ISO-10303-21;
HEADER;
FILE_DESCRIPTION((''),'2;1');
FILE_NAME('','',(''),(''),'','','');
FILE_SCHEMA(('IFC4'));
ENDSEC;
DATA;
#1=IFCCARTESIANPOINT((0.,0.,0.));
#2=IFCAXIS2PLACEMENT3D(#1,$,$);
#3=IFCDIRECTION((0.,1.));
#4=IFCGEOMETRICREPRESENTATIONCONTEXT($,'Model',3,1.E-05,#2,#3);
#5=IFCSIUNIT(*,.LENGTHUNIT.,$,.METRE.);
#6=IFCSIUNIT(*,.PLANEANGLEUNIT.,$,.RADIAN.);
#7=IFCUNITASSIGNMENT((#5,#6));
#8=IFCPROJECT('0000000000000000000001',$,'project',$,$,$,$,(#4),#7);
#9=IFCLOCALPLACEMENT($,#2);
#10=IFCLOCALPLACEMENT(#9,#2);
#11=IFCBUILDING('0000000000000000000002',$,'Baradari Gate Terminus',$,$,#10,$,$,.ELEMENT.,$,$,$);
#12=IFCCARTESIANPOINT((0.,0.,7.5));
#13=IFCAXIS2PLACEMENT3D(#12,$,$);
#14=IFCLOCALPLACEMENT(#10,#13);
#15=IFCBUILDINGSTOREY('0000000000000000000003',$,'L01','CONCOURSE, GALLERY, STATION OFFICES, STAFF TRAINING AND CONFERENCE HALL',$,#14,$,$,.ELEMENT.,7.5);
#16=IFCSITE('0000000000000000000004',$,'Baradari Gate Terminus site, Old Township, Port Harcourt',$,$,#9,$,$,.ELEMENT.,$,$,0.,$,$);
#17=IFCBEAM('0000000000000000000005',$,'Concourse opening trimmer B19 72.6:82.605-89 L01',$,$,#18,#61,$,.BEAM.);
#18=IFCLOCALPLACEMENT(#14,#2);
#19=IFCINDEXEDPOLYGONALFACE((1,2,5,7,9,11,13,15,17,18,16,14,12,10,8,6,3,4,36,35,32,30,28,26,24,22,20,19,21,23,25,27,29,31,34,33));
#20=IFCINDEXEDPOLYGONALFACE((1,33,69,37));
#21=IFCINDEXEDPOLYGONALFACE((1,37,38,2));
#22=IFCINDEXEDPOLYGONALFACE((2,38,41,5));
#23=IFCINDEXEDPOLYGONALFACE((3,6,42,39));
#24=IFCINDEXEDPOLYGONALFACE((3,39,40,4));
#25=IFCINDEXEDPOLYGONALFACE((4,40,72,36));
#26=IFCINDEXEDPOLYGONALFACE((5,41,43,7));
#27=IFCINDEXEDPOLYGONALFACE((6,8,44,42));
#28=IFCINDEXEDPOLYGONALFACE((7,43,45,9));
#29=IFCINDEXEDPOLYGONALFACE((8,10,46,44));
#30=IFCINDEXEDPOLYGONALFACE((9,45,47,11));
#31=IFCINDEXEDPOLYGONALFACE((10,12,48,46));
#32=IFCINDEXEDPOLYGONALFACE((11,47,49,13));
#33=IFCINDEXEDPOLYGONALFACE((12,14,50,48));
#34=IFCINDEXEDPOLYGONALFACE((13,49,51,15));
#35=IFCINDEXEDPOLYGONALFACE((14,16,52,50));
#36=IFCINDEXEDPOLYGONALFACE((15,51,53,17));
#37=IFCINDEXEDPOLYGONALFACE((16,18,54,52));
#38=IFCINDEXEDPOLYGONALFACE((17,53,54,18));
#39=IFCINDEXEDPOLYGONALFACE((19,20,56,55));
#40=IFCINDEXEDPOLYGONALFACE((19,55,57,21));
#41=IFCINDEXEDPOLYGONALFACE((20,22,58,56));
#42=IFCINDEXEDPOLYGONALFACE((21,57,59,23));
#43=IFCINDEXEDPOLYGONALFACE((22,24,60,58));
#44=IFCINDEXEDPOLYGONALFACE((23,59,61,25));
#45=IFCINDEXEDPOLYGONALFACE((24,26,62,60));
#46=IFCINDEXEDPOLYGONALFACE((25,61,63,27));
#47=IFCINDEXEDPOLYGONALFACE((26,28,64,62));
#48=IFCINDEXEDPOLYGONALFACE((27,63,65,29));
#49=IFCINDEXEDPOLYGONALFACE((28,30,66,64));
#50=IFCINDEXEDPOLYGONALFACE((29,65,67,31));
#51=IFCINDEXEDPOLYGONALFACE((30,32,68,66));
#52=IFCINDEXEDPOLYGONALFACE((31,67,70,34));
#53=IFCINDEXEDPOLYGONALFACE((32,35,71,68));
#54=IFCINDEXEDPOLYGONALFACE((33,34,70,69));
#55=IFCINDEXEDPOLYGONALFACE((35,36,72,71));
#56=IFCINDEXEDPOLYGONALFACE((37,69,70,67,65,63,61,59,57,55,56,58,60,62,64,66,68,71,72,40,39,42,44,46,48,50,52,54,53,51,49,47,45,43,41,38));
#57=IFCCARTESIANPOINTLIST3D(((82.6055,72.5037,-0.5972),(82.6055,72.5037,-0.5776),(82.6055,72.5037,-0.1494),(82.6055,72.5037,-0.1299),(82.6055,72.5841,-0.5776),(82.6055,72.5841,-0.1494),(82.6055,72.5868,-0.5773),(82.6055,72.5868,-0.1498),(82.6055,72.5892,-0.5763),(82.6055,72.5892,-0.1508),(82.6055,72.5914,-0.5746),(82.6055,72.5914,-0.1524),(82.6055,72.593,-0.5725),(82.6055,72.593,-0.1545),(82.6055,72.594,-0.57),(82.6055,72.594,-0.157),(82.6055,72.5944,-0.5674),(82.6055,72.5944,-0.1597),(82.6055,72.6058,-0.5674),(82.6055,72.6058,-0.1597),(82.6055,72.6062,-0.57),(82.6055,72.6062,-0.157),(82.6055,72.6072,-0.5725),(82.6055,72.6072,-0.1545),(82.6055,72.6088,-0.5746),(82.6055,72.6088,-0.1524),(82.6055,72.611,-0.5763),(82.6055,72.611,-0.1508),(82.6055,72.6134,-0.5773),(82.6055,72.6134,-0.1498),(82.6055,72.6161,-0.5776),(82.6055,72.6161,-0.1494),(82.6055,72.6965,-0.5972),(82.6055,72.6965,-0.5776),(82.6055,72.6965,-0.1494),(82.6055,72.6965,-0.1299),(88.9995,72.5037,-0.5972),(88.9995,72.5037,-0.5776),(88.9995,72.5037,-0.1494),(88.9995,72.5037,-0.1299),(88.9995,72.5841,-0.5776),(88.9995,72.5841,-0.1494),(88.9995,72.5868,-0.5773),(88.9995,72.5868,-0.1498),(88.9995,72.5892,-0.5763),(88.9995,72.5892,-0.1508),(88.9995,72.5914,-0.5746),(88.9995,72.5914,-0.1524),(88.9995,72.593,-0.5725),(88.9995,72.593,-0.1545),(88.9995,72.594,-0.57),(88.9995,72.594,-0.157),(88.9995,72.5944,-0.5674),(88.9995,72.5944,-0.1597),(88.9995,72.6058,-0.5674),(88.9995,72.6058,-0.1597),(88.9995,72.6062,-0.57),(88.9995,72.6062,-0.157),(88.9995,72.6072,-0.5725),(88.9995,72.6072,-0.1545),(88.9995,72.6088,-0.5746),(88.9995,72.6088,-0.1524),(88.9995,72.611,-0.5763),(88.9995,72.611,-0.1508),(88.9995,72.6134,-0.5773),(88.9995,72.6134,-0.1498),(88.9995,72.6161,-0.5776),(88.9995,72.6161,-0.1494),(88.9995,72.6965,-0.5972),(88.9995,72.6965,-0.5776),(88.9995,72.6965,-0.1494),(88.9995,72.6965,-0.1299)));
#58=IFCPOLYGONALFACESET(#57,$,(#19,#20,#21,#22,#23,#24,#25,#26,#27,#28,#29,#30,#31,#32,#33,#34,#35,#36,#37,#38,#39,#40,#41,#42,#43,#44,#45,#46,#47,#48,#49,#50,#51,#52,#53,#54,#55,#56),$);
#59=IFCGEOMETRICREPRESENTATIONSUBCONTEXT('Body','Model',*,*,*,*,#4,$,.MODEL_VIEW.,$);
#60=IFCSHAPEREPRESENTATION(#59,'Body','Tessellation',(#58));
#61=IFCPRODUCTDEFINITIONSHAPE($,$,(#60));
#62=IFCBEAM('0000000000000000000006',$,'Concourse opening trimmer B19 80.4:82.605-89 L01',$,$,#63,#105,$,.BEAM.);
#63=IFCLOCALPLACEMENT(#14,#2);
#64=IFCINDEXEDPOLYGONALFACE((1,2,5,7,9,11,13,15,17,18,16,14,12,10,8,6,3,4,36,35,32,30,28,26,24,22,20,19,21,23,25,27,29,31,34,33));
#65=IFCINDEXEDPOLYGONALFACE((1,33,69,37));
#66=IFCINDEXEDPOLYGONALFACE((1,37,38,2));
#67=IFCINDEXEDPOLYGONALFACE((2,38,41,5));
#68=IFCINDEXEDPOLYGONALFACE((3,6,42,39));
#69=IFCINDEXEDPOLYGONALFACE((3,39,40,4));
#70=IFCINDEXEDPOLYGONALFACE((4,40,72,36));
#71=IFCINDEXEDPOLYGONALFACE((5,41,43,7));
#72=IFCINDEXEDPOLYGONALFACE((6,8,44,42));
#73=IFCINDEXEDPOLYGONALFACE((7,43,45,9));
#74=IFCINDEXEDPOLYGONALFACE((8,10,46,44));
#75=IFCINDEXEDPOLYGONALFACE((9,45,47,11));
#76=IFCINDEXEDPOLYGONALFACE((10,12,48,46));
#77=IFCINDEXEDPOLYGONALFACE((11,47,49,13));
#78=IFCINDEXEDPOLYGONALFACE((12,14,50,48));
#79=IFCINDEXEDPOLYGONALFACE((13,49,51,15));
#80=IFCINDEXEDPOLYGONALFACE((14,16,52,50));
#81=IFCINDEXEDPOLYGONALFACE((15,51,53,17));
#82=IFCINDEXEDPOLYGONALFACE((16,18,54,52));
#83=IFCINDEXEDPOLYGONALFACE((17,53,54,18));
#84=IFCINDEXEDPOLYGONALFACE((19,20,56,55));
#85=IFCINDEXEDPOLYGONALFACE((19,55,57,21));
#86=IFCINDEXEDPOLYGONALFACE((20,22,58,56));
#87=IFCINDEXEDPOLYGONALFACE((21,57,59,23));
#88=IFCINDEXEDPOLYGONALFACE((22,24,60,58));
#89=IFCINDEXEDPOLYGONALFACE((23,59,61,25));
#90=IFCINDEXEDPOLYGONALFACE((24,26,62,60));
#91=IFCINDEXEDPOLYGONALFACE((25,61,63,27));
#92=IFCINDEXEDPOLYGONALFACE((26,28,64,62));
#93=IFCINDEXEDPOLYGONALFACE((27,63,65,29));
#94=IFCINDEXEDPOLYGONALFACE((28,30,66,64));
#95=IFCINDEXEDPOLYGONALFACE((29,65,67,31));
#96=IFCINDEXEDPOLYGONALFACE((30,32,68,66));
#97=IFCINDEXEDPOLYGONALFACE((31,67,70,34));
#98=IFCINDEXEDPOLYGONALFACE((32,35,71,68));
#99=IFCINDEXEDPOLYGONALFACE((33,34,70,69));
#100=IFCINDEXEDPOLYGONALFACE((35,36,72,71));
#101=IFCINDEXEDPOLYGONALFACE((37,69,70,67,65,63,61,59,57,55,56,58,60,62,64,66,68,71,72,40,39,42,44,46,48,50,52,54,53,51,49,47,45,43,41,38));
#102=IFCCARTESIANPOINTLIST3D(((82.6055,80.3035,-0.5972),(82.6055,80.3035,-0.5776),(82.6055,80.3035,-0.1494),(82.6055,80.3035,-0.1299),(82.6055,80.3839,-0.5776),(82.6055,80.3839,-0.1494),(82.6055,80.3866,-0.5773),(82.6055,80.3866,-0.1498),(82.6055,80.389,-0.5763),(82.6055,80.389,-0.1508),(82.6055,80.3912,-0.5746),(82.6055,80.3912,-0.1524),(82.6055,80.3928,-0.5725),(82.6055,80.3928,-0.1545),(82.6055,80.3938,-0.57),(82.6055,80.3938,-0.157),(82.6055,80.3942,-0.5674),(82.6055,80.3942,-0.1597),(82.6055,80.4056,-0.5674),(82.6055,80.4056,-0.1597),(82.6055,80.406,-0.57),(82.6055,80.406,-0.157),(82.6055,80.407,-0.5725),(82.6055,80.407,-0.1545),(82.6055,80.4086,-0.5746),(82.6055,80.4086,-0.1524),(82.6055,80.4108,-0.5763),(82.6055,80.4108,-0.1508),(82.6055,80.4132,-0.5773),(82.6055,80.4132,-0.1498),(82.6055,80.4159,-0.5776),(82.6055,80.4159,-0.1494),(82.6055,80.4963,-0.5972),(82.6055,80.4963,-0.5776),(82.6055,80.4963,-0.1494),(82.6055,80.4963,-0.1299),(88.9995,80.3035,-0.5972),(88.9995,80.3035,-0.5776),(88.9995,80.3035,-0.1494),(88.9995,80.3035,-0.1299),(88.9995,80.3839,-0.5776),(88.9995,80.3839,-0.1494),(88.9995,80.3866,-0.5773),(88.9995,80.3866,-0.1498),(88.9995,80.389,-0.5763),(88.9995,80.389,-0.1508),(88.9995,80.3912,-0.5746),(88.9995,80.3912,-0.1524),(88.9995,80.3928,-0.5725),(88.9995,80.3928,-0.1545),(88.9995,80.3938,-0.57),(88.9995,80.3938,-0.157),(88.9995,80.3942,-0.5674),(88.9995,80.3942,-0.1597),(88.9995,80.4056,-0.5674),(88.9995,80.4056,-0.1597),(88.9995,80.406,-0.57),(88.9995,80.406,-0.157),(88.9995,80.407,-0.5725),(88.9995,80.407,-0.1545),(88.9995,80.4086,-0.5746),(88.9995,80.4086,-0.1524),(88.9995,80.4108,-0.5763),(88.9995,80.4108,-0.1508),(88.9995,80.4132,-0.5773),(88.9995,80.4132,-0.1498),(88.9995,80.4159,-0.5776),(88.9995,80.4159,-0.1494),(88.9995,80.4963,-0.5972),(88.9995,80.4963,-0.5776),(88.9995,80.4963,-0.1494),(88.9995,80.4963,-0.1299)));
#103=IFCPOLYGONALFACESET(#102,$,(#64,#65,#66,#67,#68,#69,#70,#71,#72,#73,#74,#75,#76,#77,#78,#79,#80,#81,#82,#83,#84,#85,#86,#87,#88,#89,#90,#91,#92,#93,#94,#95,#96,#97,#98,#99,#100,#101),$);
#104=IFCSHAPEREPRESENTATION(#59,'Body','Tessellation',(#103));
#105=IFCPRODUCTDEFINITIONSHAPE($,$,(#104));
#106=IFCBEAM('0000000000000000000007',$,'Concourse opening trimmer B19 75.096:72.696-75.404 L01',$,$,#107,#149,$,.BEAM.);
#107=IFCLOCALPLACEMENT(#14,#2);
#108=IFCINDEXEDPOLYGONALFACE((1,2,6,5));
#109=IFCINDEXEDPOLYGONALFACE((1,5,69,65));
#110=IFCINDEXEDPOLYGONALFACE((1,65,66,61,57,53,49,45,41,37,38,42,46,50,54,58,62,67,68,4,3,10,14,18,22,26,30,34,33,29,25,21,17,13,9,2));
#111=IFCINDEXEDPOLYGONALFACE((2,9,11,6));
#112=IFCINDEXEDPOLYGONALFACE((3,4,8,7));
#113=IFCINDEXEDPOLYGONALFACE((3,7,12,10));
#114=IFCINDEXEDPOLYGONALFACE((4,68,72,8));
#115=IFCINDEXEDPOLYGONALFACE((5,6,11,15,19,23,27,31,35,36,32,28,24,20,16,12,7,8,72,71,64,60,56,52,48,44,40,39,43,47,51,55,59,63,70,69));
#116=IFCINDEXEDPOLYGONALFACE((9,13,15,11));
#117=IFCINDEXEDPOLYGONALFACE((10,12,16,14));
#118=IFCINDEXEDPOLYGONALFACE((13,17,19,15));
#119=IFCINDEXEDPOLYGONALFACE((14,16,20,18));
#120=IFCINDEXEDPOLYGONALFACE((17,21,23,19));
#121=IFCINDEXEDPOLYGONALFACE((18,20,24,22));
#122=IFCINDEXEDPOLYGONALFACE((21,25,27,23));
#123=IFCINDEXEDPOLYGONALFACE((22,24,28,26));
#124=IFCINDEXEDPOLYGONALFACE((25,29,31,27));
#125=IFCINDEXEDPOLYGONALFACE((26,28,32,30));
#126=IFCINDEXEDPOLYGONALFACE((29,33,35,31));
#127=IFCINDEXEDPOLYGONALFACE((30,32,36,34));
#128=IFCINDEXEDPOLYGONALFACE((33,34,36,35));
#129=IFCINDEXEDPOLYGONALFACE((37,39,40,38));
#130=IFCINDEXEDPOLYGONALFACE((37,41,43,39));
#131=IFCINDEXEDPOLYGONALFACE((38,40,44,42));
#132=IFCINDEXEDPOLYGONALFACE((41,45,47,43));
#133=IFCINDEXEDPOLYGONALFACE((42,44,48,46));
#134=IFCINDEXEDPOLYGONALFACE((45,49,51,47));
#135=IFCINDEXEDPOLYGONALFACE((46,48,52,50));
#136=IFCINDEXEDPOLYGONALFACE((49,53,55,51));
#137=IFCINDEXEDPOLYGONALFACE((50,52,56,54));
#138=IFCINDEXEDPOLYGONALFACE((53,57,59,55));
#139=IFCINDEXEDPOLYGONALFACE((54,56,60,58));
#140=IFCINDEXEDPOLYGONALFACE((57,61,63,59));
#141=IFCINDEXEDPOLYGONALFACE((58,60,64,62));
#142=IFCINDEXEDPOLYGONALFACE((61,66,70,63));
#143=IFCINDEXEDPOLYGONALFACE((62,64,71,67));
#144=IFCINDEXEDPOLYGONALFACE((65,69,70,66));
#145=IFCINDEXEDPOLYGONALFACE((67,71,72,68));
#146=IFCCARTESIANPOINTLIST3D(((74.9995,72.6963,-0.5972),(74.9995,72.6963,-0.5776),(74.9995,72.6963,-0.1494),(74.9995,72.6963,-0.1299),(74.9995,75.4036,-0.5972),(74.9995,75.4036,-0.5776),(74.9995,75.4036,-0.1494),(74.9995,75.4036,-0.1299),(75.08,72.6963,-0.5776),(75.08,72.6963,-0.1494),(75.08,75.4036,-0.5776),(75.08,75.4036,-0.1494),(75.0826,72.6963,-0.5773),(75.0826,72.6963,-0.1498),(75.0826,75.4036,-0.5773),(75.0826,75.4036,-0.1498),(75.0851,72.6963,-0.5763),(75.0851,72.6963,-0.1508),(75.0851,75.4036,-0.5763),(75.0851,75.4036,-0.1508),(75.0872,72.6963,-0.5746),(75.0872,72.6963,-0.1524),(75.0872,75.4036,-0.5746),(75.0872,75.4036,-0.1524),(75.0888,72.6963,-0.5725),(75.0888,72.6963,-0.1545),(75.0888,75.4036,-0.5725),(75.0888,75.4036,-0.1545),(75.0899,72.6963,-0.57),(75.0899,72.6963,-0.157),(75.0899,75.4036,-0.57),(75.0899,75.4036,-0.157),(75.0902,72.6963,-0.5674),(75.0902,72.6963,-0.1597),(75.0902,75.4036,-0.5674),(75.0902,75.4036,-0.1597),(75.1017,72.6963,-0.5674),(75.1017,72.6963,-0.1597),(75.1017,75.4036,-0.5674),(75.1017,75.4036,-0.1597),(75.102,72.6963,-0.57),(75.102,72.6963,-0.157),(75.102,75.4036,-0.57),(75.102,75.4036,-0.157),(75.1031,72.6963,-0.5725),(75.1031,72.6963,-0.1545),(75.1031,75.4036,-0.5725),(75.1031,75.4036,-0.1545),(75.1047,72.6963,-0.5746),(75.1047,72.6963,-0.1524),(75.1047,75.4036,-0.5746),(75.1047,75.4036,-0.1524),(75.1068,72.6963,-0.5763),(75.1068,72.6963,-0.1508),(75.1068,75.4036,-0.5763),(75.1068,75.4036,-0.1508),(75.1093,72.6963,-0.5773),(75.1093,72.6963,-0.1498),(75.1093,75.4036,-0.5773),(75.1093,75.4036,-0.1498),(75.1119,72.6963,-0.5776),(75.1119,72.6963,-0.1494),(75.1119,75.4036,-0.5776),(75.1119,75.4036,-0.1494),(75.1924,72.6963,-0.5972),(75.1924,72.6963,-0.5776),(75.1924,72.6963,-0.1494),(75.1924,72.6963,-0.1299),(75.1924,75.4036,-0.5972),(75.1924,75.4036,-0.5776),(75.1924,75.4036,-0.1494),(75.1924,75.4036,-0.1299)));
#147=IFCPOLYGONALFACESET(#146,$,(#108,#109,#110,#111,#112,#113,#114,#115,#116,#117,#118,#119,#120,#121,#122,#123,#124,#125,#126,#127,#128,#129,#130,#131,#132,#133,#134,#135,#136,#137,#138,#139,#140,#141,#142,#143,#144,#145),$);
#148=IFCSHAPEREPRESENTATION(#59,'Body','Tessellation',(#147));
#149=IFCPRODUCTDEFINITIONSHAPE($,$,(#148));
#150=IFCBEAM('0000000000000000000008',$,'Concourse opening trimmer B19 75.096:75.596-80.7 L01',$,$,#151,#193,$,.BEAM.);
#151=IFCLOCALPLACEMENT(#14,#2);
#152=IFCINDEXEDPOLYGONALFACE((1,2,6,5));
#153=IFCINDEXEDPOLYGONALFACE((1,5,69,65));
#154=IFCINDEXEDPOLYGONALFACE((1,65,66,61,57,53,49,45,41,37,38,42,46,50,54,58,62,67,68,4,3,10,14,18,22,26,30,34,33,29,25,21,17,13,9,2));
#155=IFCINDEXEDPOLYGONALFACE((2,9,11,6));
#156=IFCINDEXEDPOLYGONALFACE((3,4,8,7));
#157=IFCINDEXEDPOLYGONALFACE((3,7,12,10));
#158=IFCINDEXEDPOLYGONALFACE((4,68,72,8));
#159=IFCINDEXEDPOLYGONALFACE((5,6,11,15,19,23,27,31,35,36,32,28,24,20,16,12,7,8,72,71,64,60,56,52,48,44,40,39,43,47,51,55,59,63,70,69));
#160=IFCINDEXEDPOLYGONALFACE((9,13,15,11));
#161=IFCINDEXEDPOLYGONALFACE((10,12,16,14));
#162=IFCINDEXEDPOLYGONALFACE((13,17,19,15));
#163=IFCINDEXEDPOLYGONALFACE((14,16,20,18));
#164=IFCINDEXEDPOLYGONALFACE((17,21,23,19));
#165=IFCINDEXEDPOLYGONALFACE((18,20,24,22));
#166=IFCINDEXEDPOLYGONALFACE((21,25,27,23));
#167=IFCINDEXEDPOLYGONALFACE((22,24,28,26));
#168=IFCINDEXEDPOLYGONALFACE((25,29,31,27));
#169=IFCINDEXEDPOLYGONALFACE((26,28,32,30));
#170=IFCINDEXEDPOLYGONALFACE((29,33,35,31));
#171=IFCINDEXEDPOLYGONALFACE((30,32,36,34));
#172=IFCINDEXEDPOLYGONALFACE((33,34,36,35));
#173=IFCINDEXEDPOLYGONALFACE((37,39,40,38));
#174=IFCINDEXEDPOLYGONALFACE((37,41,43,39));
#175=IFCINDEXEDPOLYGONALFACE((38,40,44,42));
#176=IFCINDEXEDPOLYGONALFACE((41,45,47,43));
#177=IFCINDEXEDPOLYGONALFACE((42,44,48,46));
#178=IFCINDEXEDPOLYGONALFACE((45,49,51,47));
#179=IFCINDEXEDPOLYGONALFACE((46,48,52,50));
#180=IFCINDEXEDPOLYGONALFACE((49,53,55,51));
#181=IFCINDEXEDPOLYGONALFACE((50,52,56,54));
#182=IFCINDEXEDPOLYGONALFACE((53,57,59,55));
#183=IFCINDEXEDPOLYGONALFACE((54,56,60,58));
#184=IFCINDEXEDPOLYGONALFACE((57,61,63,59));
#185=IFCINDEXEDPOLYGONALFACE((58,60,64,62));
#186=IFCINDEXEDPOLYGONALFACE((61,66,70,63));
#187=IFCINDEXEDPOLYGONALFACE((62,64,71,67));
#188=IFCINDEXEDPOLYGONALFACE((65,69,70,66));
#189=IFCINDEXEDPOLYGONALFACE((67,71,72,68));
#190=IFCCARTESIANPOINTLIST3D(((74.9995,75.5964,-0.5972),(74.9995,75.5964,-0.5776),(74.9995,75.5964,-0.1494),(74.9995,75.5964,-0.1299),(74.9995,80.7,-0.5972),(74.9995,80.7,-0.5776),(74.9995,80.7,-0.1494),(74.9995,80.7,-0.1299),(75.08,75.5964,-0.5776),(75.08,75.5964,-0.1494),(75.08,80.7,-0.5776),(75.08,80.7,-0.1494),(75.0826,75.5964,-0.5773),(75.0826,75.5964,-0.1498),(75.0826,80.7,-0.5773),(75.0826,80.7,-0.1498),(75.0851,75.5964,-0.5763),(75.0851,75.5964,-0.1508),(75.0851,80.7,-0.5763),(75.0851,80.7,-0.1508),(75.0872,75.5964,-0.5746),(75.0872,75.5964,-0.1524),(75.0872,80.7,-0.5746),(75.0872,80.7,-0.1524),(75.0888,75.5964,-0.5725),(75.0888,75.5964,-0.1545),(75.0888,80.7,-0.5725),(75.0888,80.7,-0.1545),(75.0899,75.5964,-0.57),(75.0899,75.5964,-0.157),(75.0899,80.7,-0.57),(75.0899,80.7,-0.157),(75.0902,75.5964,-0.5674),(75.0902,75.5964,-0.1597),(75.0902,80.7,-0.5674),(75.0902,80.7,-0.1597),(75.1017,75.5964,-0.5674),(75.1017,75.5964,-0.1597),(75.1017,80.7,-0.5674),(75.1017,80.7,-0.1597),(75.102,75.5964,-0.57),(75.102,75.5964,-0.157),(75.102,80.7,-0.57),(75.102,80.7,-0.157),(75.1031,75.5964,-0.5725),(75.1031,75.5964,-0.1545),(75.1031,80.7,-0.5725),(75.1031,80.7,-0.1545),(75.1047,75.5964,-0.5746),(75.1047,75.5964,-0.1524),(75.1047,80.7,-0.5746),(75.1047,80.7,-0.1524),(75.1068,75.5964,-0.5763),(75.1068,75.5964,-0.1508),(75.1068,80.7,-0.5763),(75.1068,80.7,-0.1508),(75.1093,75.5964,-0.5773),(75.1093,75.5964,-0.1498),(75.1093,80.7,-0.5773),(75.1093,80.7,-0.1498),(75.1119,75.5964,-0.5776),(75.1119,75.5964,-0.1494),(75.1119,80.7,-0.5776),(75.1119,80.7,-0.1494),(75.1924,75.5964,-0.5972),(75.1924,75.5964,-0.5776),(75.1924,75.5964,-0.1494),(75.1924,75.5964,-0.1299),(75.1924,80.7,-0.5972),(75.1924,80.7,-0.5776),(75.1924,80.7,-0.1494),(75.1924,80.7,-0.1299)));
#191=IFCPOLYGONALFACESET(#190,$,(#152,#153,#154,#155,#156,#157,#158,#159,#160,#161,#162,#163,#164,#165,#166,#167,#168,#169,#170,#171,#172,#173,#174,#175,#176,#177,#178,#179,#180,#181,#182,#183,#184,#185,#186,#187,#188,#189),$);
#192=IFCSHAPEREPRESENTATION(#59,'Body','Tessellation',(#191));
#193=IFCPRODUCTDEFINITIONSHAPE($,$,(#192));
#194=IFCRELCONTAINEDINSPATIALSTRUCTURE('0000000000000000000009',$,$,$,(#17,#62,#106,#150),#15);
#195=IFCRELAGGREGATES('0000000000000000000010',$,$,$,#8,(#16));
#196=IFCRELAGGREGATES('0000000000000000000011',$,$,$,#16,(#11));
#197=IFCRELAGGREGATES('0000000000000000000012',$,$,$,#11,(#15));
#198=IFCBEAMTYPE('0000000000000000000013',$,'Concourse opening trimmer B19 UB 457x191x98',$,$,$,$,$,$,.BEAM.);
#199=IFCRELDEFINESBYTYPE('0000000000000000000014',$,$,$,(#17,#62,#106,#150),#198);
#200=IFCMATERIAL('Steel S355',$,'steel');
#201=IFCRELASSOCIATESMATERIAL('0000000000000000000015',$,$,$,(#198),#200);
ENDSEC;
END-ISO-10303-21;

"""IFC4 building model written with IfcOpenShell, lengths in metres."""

from ifc_helpers import new_model, si_unit, direction, frame, origin, origin_2d, place, context, subcontext, project, spatial, i_section, extrude, material, material_profile, profile_set, type_object, element, save


model = new_model("IFC4")

# Units and contexts
model_context = context("Model", 3, precision=1e-05, world=origin(), true_north=direction((0.0, 1.0)))
body_context = subcontext(model_context, "Body", "Model", "MODEL_VIEW")
ifc_project = project(units=[si_unit("LENGTHUNIT", "METRE"), si_unit("PLANEANGLEUNIT", "RADIAN")], contexts=[model_context])

# Site, building, storey
site_placement = place(None, origin())
site = spatial("IfcSite", under=ifc_project, at=site_placement, Name="Baradari Gate Terminus site, Old Township, Port Harcourt", CompositionType="ELEMENT", RefElevation=0.0)
building_placement = place(site_placement, origin())
building = spatial("IfcBuilding", under=site, at=building_placement, Name="Baradari Gate Terminus", CompositionType="ELEMENT")
storey_placement = place(building_placement, frame((0.0, 0.0, 7.5)))
storey = spatial("IfcBuildingStorey", under=building, at=storey_placement, Name="L01", Description="CONCOURSE, GALLERY, STATION OFFICES, STAFF TRAINING AND CONFERENCE HALL", CompositionType="ELEMENT", Elevation=7.5)

# Beams
ifc_material_1 = material(Name="Steel S355", Category="steel")
ifc_material_profile_1 = material_profile(ifc_material_1, i_section(OverallWidth=0.1929, OverallDepth=0.4673, WebThickness=0.0115, FlangeThickness=0.0195, FilletRadius=0.0103, at=origin_2d()), Name="UB 457x191x98")
ifc_profile_set_1 = profile_set([ifc_material_profile_1], Name="Steel S355")
beam_type_1 = type_object("IfcBeamType", Name="Concourse opening trimmer B19 UB 457x191x98", PredefinedType="BEAM", material=ifc_profile_set_1)
for number, where, z_axis, x_axis, name in (
    (1, (82.6055, 72.6001, -0.3635), (1.0, 0.0, 0.0), (0.0, 1.0, 0.0), "Concourse opening trimmer B19 72.6:82.605-89 L01"),
    (2, (82.6055, 80.3999, -0.3635), (1.0, 0.0, 0.0), (0.0, 1.0, 0.0), "Concourse opening trimmer B19 80.4:82.605-89 L01"),
):
    element("IfcBeam", number, at=place(storey_placement, frame(where, z_axis=z_axis, x_axis=x_axis)), inside=storey, type_object=beam_type_1, Name=name, PredefinedType="BEAM", context=body_context, shape_type="SweptSolid", body=[
        extrude(i_section(OverallWidth=0.1929, OverallDepth=0.4673, WebThickness=0.0115, FlangeThickness=0.0195, FilletRadius=0.0103, at=origin_2d()), origin(), (0.0, 0.0, 1.0), 6.394),
    ])
beam_1_placement = place(storey_placement, frame((75.0959, 72.6963, -0.3635), z_axis=(0.0, 1.0, 0.0), x_axis=(-1.0, 0.0, 0.0)))
element("IfcBeam", 3, at=beam_1_placement, inside=storey, type_object=beam_type_1, Name="Concourse opening trimmer B19 75.096:72.696-75.404 L01", PredefinedType="BEAM", context=body_context, shape_type="SweptSolid", body=[
    extrude(i_section(OverallWidth=0.1929, OverallDepth=0.4673, WebThickness=0.0115, FlangeThickness=0.0195, FilletRadius=0.0103, at=origin_2d()), origin(), (0.0, 0.0, 1.0), 2.7073),
])
beam_2_placement = place(storey_placement, frame((75.0959, 75.5964, -0.3635), z_axis=(0.0, 1.0, 0.0), x_axis=(-1.0, 0.0, 0.0)))
element("IfcBeam", 4, at=beam_2_placement, inside=storey, type_object=beam_type_1, Name="Concourse opening trimmer B19 75.096:75.596-80.7 L01", PredefinedType="BEAM", context=body_context, shape_type="SweptSolid", body=[
    extrude(i_section(OverallWidth=0.1929, OverallDepth=0.4673, WebThickness=0.0115, FlangeThickness=0.0195, FilletRadius=0.0103, at=origin_2d()), origin(), (0.0, 0.0, 1.0), 5.1035),
])

save(model, "model.ifc")
